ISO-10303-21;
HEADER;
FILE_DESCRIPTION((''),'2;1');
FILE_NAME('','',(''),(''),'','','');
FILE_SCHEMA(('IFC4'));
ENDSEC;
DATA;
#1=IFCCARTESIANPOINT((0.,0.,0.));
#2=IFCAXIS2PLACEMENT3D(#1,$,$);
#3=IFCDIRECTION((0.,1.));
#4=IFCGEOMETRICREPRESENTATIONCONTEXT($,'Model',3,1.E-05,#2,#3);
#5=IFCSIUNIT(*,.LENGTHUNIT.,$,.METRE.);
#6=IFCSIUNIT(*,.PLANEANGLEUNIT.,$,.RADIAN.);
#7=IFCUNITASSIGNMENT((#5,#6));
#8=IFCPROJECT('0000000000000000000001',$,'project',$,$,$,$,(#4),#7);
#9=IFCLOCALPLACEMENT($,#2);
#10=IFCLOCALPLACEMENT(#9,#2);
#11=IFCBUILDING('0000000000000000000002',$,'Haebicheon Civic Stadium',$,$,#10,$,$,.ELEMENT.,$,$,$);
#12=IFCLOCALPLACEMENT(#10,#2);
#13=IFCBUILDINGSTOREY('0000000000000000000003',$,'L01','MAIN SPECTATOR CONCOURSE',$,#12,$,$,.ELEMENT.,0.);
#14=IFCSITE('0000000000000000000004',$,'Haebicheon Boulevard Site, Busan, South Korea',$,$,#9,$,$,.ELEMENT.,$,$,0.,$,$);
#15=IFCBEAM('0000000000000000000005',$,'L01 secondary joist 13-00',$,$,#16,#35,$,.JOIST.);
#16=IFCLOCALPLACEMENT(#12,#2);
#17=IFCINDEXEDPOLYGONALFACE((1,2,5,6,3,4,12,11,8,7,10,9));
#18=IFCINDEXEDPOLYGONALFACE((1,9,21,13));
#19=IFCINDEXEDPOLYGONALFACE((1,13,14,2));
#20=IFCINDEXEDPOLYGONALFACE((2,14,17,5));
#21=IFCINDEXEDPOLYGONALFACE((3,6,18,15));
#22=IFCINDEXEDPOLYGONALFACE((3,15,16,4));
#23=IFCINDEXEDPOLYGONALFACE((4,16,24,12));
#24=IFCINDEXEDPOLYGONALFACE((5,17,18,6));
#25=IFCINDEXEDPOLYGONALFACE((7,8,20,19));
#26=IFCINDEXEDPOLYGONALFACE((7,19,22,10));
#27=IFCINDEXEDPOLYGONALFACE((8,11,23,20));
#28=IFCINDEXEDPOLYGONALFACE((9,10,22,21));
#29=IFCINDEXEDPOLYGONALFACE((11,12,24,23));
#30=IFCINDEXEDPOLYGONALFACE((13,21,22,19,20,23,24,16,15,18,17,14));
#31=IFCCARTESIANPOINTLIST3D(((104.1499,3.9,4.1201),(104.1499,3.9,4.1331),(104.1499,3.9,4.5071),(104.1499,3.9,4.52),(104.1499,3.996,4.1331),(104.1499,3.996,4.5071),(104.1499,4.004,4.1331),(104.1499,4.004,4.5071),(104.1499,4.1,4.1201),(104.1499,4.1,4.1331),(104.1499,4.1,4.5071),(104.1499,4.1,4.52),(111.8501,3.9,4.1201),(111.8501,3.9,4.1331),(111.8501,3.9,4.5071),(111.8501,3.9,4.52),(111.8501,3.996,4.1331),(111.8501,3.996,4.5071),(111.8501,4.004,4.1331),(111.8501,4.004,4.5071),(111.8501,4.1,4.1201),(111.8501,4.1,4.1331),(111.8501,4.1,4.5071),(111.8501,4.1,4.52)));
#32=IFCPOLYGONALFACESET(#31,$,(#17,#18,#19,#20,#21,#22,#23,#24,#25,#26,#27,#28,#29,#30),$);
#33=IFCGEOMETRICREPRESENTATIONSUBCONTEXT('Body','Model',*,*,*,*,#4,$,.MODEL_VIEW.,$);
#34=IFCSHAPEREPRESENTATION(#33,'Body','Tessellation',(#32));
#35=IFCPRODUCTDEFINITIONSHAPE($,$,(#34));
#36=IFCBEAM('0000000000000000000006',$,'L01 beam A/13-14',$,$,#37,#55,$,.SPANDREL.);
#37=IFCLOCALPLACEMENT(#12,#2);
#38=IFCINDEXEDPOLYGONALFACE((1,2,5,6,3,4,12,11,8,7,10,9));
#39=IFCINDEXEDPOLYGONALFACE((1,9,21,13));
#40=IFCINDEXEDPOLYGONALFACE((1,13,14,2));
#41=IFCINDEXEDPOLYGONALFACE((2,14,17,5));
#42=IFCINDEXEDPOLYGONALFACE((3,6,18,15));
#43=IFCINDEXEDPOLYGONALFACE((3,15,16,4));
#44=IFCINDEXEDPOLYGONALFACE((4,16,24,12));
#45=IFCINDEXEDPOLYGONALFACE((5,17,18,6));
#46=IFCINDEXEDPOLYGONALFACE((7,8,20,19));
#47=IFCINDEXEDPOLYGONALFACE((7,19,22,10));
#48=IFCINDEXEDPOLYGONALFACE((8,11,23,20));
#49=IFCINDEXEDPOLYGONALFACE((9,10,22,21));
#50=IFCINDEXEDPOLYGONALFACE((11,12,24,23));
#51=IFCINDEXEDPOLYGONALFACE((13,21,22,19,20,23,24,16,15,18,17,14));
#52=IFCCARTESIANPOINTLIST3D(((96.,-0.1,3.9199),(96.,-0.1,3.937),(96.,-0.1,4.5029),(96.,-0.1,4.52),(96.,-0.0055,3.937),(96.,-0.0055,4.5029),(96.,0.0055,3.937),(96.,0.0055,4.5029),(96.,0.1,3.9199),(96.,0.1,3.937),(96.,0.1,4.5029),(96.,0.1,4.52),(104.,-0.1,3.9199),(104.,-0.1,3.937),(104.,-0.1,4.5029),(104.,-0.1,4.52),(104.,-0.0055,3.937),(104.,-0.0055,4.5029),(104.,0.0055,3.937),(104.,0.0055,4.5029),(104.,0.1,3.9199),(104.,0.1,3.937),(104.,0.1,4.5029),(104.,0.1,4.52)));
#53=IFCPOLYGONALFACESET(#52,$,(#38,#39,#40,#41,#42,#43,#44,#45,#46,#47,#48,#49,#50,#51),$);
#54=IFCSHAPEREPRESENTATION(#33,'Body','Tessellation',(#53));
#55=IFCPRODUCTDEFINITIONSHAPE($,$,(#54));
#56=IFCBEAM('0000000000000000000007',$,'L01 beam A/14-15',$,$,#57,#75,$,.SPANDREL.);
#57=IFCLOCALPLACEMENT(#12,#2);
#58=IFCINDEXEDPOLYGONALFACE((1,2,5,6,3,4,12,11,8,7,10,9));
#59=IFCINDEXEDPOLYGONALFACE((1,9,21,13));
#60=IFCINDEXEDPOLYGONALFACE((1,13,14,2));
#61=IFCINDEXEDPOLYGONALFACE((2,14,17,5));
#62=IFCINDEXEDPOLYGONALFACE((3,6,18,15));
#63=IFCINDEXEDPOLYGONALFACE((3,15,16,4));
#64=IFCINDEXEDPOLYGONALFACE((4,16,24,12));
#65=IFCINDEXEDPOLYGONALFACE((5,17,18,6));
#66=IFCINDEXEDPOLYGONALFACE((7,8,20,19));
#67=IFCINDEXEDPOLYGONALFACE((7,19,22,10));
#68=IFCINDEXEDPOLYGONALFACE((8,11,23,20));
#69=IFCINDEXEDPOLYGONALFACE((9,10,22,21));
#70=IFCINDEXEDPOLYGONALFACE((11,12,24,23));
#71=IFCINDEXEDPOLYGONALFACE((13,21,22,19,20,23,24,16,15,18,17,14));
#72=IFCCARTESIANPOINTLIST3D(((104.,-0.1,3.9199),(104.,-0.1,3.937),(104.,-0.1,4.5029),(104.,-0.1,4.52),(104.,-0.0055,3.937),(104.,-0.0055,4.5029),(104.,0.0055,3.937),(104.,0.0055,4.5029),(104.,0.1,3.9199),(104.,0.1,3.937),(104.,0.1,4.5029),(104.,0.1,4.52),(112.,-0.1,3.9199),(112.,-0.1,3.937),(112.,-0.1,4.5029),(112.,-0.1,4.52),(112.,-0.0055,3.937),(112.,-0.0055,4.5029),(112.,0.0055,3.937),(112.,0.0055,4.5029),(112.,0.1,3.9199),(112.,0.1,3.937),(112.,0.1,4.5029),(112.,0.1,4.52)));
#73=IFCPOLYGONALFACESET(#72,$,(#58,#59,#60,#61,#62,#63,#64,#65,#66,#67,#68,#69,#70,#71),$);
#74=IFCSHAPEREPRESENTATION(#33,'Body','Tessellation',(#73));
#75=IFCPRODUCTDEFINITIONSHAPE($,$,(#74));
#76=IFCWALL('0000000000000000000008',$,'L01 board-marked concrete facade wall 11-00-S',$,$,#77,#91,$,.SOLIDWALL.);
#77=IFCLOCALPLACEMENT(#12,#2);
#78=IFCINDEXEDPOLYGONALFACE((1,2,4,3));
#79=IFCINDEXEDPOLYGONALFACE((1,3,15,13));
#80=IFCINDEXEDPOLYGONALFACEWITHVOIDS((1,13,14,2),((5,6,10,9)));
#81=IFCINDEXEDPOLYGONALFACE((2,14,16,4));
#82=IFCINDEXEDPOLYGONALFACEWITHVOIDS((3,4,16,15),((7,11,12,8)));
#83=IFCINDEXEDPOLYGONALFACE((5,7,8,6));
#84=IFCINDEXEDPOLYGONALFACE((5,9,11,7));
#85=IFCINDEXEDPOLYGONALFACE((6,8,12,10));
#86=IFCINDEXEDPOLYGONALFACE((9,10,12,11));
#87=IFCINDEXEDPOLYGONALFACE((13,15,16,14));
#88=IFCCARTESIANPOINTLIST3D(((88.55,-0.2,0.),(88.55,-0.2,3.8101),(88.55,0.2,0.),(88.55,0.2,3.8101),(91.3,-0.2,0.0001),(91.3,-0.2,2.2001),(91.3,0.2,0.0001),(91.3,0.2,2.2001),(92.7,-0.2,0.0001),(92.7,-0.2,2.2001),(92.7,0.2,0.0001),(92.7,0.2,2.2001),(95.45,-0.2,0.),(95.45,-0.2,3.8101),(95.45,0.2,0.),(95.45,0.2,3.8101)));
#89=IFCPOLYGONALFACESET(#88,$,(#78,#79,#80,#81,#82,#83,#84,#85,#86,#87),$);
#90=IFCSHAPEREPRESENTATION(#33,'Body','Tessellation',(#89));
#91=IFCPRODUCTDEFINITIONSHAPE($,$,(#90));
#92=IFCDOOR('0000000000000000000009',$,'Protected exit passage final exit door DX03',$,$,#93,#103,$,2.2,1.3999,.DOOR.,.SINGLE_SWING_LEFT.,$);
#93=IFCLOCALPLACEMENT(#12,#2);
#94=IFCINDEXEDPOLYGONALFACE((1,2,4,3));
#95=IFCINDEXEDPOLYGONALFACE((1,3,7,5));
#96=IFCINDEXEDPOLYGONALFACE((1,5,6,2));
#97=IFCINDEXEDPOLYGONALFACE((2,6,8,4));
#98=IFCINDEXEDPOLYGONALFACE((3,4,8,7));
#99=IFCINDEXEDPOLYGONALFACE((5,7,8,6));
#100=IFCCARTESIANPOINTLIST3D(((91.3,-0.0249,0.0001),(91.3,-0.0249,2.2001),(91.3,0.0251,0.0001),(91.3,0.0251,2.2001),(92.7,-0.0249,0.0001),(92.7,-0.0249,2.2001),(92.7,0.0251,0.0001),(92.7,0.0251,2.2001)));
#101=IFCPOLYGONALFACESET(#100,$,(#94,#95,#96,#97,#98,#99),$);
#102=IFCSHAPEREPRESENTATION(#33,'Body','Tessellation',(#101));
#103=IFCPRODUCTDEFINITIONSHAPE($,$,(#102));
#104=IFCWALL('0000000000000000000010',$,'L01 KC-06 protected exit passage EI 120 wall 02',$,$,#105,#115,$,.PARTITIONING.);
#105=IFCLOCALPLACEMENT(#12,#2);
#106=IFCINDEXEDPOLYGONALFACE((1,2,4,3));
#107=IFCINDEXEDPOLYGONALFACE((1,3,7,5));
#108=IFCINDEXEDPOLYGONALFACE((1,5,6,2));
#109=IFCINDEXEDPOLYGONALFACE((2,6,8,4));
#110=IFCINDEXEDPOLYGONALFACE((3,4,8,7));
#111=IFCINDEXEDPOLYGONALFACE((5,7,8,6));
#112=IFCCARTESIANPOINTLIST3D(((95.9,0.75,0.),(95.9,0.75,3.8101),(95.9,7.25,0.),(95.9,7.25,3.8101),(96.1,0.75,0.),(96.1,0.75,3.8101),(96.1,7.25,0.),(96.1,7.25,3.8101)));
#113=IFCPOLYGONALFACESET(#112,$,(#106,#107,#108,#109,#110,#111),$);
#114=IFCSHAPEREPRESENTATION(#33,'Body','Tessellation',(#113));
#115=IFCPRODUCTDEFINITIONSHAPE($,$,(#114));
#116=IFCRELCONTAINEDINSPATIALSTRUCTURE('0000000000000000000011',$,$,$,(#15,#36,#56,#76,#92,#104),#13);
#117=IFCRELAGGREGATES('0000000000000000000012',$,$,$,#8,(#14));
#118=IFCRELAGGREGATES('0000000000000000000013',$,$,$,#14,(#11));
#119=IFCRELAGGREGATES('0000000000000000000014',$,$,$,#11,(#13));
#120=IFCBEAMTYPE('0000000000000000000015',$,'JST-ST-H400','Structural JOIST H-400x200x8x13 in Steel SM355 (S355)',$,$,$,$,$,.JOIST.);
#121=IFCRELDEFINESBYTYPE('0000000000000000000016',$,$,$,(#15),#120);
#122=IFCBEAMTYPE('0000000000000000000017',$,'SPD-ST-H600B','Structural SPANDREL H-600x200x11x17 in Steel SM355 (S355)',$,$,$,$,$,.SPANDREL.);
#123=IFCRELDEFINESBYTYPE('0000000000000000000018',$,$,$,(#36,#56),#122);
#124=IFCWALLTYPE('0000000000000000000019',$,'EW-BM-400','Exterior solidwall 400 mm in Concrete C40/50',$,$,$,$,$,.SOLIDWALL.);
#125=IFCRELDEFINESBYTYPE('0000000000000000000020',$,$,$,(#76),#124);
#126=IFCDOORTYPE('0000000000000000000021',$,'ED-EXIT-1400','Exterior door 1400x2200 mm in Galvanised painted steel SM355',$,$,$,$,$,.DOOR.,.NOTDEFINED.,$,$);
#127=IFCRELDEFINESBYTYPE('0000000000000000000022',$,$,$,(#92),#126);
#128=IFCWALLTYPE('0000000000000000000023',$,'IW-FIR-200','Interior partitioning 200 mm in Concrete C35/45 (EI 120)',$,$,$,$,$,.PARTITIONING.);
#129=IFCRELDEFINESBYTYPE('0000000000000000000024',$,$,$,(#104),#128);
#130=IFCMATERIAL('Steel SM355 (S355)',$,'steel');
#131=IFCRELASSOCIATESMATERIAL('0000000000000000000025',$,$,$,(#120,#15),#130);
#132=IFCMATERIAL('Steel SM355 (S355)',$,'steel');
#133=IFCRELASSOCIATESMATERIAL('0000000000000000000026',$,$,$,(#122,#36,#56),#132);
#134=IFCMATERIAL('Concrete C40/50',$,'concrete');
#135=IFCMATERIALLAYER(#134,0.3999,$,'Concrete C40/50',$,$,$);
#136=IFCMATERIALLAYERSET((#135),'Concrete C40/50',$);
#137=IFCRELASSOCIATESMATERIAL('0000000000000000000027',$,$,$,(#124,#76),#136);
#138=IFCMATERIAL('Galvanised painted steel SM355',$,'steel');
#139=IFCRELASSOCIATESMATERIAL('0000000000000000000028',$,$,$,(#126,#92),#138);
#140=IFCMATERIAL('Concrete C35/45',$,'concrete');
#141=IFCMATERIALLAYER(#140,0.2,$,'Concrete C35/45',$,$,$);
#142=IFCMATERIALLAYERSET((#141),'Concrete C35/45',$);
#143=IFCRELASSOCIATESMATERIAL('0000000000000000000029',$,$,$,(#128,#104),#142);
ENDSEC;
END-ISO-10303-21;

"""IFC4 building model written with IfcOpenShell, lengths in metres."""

from ifc_helpers import new_model, si_unit, direction, frame, frame_2d, origin, origin_2d, place, context, subcontext, project, spatial, rectangle, i_section, extrude, material, layer, layer_set, material_profile, profile_set, type_object, element, fill, save


model = new_model("IFC4")

# Units and contexts
model_context = context("Model", 3, precision=1e-05, world=origin(), true_north=direction((0.0, 1.0)))
body_context = subcontext(model_context, "Body", "Model", "MODEL_VIEW")
ifc_project = project(units=[si_unit("LENGTHUNIT", "METRE"), si_unit("PLANEANGLEUNIT", "RADIAN")], contexts=[model_context])

# Site, building, storey
site_placement = place(None, origin())
site = spatial("IfcSite", under=ifc_project, at=site_placement, Name="Haebicheon Boulevard Site, Busan, South Korea", CompositionType="ELEMENT", RefElevation=0.0)
building_placement = place(site_placement, origin())
building = spatial("IfcBuilding", under=site, at=building_placement, Name="Haebicheon Civic Stadium", CompositionType="ELEMENT")
storey_placement = place(building_placement, origin())
storey = spatial("IfcBuildingStorey", under=building, at=storey_placement, Name="L01", Description="MAIN SPECTATOR CONCOURSE", CompositionType="ELEMENT", Elevation=0.0)

# Beams
ifc_material_1 = material(Name="Steel SM355 (S355)", Category="steel")
ifc_material_profile_1 = material_profile(ifc_material_1, i_section(OverallWidth=0.2, OverallDepth=0.3999, WebThickness=0.0081, FlangeThickness=0.0129, at=origin_2d()), Name="H-400x200x8x13")
ifc_profile_set_1 = profile_set([ifc_material_profile_1], Name="Steel SM355 (S355)")
beam_type_1 = type_object("IfcBeamType", Name="JST-ST-H400", Description="Structural JOIST H-400x200x8x13 in Steel SM355 (S355)", PredefinedType="JOIST", material=ifc_profile_set_1)
for number, where, z_axis, x_axis, name in (
    (1, (104.1499, 4.0, 4.3201), (1.0, 0.0, 0.0), (0.0, 1.0, 0.0), "L01 secondary joist 13-00"),
):
    element("IfcBeam", number, at=place(storey_placement, frame(where, z_axis=z_axis, x_axis=x_axis)), inside=storey, type_object=beam_type_1, material=ifc_profile_set_1, Name=name, PredefinedType="JOIST", context=body_context, shape_type="SweptSolid", body=[
        extrude(i_section(OverallWidth=0.2, OverallDepth=0.3999, WebThickness=0.0081, FlangeThickness=0.0129, at=origin_2d()), origin(), (0.0, 0.0, 1.0), 7.7002),
    ])
ifc_material_2 = material(Name="Steel SM355 (S355)", Category="steel")
ifc_material_profile_2 = material_profile(ifc_material_2, i_section(OverallWidth=0.2, OverallDepth=0.6001, WebThickness=0.011, FlangeThickness=0.0171, at=origin_2d()), Name="H-600x200x11x17")
ifc_profile_set_2 = profile_set([ifc_material_profile_2], Name="Steel SM355 (S355)")
beam_type_2 = type_object("IfcBeamType", Name="SPD-ST-H600B", Description="Structural SPANDREL H-600x200x11x17 in Steel SM355 (S355)", PredefinedType="SPANDREL", material=ifc_profile_set_2)
for number, where, z_axis, x_axis, name in (
    (2, (96.0, 0.0, 4.22), (1.0, 0.0, 0.0), (0.0, 1.0, 0.0), "L01 beam A/13-14"),
    (3, (104.0, 0.0, 4.22), (1.0, 0.0, 0.0), (0.0, 1.0, 0.0), "L01 beam A/14-15"),
):
    element("IfcBeam", number, at=place(storey_placement, frame(where, z_axis=z_axis, x_axis=x_axis)), inside=storey, type_object=beam_type_2, material=ifc_profile_set_2, Name=name, PredefinedType="SPANDREL", context=body_context, shape_type="SweptSolid", body=[
        extrude(i_section(OverallWidth=0.2, OverallDepth=0.6001, WebThickness=0.011, FlangeThickness=0.0171, at=origin_2d()), origin(), (0.0, 0.0, 1.0), 8.0),
    ])

# Wall, opening, door
ifc_material_3 = material(Name="Concrete C40/50", Category="concrete")
ifc_layer_1 = layer(ifc_material_3, 0.3999, Name="Concrete C40/50")
ifc_layer_set_1 = layer_set([ifc_layer_1], Name="Concrete C40/50")
wall_type_1 = type_object("IfcWallType", Name="EW-BM-400", Description="Exterior solidwall 400 mm in Concrete C40/50", PredefinedType="SOLIDWALL", material=ifc_layer_set_1)
wall_1_placement = place(storey_placement, frame((95.45, 0.0, 0.0), z_axis=(0.0, 0.0, 1.0), x_axis=(-1.0, 0.0, 0.0)))
wall_1 = element("IfcWall", 4, at=wall_1_placement, inside=storey, type_object=wall_type_1, material=ifc_layer_set_1, Name="L01 board-marked concrete facade wall 11-00-S", PredefinedType="SOLIDWALL", context=body_context, shape_type="SweptSolid", body=[
    extrude(rectangle(XDim=6.8999, YDim=0.3999, at=frame_2d((3.45, 0.0))), origin(), (0.0, 0.0, 1.0), 3.8101),
])
opening_1_placement = place(wall_1_placement, frame((2.75, 0.0, 0.0)))
opening_1 = element("IfcOpeningElement", 5, at=opening_1_placement, cuts=wall_1, PredefinedType="OPENING", context=body_context, shape_type="SweptSolid", body=[
    extrude(rectangle(XDim=1.3999, YDim=2.2, at=frame_2d((0.7, 1.1001))), frame((0.0, 0.21, 0.0), z_axis=(0.0, -1.0, 0.0), x_axis=(1.0, 0.0, 0.0)), (0.0, 0.0, 1.0), 0.4199),
])
ifc_material_4 = material(Name="Galvanised painted steel SM355", Category="steel")
door_type_1 = type_object("IfcDoorType", Name="ED-EXIT-1400", Description="Exterior door 1400x2200 mm in Galvanised painted steel SM355", OperationType="NOTDEFINED", PredefinedType="DOOR", material=ifc_material_4)
door_1_placement = place(opening_1_placement, origin())
door_1 = element("IfcDoor", 6, at=door_1_placement, inside=storey, type_object=door_type_1, material=ifc_material_4, Name="Protected exit passage final exit door DX03", OperationType="SINGLE_SWING_LEFT", OverallHeight=2.2, OverallWidth=1.3999, PredefinedType="DOOR", context=body_context, shape_type="SweptSolid", body=[
    extrude(rectangle(XDim=1.3999, YDim=2.2, at=frame_2d((0.7, 1.1001))), frame((0.0, 0.0249, 0.0), z_axis=(0.0, -1.0, 0.0), x_axis=(1.0, 0.0, 0.0)), (0.0, 0.0, 1.0), 0.05),
])
fill(opening_1, door_1)

# Wall
ifc_material_5 = material(Name="Concrete C35/45", Category="concrete")
ifc_layer_2 = layer(ifc_material_5, 0.2, Name="Concrete C35/45")
ifc_layer_set_2 = layer_set([ifc_layer_2], Name="Concrete C35/45")
wall_type_2 = type_object("IfcWallType", Name="IW-FIR-200", Description="Interior partitioning 200 mm in Concrete C35/45 (EI 120)", PredefinedType="PARTITIONING", material=ifc_layer_set_2)
wall_2_placement = place(storey_placement, frame((96.0, 0.75, 0.0), z_axis=(0.0, 0.0, 1.0), x_axis=(0.0, 1.0, 0.0)))
element("IfcWall", 7, at=wall_2_placement, inside=storey, type_object=wall_type_2, material=ifc_layer_set_2, Name="L01 KC-06 protected exit passage EI 120 wall 02", PredefinedType="PARTITIONING", context=body_context, shape_type="SweptSolid", body=[
    extrude(rectangle(XDim=6.5, YDim=0.2, at=frame_2d((3.25, 0.0))), origin(), (0.0, 0.0, 1.0), 3.8101),
])

save(model, "model.ifc")
